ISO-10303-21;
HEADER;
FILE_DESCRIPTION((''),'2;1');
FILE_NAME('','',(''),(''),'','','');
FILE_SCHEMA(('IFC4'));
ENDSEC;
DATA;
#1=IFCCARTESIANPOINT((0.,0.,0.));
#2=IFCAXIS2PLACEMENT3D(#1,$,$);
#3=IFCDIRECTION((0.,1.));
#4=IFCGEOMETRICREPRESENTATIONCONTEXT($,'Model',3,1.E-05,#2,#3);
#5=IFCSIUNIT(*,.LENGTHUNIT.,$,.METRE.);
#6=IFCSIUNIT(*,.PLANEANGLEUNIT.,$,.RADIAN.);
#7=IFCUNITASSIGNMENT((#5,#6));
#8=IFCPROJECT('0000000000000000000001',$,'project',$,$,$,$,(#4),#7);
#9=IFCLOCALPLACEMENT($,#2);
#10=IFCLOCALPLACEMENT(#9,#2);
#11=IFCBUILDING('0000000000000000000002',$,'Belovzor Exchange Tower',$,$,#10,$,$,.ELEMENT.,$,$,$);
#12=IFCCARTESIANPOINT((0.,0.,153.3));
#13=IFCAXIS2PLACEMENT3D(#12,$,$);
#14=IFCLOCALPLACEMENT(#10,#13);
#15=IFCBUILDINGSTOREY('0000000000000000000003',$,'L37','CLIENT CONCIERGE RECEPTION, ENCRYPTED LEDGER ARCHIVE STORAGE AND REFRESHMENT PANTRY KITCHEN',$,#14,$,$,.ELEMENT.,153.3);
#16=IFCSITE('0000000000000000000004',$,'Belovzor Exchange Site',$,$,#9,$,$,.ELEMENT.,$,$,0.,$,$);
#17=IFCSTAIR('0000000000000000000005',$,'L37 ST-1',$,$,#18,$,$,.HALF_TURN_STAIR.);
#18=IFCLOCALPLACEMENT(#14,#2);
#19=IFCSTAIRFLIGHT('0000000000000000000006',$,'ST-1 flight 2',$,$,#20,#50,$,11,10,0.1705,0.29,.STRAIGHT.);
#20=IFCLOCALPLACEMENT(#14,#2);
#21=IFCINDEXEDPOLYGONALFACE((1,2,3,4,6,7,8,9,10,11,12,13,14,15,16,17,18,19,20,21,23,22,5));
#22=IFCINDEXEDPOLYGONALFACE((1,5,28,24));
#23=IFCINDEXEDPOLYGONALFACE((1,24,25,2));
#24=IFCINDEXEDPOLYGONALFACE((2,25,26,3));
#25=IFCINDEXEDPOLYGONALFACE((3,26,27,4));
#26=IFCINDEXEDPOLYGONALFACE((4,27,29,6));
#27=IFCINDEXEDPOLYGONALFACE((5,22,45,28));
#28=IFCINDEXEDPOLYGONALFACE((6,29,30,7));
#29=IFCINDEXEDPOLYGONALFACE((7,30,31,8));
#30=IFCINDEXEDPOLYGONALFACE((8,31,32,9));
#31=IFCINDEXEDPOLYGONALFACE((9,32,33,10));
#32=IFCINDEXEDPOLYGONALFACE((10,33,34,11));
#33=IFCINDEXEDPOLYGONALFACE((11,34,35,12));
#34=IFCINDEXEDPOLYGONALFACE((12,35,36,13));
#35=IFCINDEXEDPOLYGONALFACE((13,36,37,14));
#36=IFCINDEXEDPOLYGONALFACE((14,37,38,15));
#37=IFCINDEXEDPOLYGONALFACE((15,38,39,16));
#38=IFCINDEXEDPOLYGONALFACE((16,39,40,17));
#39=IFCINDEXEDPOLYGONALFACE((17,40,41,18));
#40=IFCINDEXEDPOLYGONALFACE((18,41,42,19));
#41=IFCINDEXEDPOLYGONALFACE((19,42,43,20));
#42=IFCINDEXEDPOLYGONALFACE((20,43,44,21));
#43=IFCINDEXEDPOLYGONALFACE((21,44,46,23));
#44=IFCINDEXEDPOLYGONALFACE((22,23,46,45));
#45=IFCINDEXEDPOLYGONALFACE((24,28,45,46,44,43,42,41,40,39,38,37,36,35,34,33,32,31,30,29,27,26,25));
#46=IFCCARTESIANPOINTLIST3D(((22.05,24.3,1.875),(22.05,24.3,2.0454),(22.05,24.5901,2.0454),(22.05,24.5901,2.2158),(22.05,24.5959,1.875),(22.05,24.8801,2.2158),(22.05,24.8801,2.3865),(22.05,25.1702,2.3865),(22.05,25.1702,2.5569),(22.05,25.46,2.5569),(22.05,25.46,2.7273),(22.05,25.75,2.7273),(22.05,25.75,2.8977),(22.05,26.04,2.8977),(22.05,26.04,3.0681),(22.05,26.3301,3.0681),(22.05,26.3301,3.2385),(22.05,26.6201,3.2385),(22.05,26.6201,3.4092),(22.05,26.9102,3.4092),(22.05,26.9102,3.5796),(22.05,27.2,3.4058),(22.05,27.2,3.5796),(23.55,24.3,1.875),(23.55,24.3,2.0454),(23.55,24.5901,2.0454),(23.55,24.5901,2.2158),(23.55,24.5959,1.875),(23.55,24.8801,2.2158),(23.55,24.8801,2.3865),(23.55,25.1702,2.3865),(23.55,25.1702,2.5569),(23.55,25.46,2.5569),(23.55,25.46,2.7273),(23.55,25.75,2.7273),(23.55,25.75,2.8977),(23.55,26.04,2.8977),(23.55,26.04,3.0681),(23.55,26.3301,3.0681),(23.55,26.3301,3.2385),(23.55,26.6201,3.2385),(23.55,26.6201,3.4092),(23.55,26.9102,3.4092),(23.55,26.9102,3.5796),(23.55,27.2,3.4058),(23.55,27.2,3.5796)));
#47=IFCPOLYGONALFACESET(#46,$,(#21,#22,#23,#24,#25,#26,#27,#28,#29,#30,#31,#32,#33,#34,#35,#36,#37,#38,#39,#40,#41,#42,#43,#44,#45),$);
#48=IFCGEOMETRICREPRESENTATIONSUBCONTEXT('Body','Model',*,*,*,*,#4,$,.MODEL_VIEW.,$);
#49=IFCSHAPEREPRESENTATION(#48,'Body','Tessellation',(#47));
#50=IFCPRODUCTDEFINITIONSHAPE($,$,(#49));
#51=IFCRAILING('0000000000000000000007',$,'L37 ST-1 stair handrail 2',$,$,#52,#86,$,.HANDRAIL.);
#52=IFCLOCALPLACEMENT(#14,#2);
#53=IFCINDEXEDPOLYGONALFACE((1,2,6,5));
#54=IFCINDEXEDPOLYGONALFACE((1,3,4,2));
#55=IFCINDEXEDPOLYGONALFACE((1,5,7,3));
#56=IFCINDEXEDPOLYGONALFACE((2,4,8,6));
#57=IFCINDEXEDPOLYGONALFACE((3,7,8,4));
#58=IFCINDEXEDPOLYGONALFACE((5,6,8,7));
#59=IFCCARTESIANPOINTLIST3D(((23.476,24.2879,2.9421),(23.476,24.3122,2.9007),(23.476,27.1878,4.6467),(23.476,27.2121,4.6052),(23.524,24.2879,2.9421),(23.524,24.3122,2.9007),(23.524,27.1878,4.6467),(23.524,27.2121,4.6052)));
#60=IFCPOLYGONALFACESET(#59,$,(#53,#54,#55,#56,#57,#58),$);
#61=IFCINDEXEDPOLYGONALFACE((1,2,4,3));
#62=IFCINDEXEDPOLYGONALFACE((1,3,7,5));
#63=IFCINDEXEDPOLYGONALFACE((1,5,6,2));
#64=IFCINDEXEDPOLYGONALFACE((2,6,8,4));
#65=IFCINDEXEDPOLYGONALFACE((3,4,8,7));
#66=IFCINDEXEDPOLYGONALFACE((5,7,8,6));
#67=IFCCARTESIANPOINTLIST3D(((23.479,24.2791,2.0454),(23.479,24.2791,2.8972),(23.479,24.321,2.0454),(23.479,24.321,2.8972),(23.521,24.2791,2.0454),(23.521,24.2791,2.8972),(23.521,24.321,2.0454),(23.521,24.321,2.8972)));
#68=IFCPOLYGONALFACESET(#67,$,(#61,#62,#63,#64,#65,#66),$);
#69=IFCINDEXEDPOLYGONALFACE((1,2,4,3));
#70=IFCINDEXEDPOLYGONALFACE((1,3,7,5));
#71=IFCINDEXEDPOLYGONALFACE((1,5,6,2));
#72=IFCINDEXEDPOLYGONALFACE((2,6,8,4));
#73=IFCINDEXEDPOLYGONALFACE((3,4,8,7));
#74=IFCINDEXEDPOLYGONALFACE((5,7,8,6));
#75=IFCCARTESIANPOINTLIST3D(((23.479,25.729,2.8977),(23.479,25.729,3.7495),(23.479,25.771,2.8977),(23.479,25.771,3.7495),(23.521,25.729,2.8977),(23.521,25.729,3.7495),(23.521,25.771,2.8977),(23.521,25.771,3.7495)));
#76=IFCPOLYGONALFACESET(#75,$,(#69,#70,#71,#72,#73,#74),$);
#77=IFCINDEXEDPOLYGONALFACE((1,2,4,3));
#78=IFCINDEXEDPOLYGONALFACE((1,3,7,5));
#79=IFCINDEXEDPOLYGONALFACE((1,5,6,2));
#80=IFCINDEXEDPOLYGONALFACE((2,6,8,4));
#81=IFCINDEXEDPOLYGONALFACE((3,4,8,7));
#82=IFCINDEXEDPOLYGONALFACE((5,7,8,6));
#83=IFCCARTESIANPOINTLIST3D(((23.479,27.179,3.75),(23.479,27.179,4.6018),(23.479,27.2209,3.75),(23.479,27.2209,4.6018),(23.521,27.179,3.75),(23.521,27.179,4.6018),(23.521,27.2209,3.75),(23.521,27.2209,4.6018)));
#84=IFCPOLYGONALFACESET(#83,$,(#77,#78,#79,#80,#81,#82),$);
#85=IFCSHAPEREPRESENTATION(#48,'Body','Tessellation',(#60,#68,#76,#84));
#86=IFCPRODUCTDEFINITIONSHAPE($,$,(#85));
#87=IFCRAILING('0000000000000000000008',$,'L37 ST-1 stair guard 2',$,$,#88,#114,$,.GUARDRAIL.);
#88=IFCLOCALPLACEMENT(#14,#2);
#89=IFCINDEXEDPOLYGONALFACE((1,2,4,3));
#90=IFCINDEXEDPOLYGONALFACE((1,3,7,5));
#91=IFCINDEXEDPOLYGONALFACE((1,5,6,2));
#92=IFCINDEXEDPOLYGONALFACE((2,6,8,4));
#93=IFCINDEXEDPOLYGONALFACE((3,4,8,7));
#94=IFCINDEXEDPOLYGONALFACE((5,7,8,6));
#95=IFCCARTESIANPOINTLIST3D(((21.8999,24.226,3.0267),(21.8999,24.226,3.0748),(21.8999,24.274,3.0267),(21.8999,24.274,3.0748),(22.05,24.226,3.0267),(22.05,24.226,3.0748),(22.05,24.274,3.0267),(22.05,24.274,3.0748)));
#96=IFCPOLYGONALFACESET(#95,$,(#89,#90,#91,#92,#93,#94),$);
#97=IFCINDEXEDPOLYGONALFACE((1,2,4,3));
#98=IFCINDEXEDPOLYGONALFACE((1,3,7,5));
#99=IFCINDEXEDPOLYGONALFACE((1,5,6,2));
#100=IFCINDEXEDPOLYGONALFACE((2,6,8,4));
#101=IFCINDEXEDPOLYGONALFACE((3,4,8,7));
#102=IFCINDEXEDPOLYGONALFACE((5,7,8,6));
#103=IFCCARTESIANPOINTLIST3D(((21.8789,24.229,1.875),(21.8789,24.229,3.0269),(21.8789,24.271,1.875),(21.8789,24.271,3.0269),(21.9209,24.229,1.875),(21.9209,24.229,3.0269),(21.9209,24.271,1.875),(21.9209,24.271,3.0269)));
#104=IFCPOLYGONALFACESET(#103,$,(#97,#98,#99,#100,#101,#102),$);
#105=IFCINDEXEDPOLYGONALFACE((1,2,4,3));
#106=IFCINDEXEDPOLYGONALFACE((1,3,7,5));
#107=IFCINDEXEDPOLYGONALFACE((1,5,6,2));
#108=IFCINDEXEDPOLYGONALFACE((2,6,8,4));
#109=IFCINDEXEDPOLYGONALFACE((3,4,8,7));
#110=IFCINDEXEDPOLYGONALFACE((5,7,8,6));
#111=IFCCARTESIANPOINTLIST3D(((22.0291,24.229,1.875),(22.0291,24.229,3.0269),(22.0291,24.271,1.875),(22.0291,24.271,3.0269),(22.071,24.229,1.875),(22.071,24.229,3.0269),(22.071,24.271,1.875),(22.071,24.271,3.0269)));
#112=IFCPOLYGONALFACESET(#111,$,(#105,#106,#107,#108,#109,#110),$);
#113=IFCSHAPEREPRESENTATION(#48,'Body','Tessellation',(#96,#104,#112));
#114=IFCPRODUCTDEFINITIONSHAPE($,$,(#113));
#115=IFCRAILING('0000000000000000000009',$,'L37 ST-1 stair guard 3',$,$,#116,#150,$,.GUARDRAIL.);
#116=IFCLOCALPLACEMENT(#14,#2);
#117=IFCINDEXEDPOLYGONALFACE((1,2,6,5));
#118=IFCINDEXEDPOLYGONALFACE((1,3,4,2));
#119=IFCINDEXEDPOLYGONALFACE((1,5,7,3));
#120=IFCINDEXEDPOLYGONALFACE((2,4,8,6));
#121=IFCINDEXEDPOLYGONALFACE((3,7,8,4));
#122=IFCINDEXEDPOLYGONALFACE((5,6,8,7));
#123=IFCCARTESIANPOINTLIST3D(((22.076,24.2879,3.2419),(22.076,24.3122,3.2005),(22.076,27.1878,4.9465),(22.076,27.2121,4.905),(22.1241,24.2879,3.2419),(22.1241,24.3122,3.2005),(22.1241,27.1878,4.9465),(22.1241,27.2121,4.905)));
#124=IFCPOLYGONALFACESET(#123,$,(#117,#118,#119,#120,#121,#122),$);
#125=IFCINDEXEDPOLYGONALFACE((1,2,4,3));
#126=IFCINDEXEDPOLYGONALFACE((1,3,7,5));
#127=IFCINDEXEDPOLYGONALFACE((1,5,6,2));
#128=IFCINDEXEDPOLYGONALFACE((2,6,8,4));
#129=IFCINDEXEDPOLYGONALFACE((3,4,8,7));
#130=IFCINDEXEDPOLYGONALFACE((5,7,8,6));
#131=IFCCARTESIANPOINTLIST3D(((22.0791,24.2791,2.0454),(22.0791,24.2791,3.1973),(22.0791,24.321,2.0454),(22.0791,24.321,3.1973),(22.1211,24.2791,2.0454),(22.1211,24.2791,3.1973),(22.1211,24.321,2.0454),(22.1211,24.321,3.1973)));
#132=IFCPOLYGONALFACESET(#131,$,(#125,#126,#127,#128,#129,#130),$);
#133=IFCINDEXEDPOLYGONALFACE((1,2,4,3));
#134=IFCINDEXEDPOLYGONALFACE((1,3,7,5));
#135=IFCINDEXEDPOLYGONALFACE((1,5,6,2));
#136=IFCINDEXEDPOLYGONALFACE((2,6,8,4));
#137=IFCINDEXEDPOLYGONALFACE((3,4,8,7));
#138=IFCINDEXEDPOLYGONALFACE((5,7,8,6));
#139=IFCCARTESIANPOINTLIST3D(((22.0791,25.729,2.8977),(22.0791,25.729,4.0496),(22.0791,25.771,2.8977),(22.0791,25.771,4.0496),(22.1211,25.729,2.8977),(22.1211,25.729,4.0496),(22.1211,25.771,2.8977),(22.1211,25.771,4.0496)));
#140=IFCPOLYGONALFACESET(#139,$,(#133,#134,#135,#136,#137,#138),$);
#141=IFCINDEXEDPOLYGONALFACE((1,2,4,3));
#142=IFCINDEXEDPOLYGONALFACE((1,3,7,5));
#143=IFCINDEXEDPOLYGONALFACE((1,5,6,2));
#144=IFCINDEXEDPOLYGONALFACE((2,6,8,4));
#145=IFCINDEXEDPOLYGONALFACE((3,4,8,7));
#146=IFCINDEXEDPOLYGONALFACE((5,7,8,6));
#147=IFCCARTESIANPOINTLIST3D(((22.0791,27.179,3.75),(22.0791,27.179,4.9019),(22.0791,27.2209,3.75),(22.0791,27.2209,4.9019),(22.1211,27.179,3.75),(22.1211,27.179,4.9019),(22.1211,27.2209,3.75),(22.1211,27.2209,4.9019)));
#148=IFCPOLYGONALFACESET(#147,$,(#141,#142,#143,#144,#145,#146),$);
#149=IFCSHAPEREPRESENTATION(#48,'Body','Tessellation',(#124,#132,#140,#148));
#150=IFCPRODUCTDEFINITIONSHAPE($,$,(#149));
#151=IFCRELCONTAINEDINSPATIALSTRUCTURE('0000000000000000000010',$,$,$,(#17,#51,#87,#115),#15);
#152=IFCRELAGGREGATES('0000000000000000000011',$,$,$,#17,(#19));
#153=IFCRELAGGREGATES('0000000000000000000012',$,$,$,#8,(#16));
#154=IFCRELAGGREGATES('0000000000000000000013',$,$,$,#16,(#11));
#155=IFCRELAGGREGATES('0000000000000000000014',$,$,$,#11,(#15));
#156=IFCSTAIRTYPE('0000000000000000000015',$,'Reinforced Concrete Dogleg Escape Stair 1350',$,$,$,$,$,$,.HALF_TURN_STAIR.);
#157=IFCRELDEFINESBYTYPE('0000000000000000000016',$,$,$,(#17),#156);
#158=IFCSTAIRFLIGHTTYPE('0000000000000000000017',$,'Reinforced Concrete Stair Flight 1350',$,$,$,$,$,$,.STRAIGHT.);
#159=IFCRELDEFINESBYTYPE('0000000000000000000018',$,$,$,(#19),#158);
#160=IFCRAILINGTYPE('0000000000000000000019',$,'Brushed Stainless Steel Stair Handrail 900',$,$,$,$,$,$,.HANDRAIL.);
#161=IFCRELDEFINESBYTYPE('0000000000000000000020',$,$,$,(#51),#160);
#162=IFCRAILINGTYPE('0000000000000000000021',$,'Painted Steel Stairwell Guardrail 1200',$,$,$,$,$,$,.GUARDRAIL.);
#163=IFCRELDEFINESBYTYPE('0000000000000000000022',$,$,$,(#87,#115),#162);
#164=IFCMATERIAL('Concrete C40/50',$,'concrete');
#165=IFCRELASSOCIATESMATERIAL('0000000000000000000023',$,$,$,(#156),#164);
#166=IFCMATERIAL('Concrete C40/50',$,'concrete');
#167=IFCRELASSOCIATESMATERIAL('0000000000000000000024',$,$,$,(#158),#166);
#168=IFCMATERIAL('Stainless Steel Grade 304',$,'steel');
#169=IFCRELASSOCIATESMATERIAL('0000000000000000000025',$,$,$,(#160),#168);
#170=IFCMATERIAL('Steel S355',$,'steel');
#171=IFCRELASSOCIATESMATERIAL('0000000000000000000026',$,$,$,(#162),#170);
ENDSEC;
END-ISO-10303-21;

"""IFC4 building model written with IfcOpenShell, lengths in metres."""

from ifc_helpers import new_model, si_unit, direction, frame, origin, origin_2d, place, context, subcontext, project, spatial, polyline, rectangle, outline, extrude, material, type_object, element, aggregate, save


model = new_model("IFC4")

# Units and contexts
model_context = context("Model", 3, precision=1e-05, world=origin(), true_north=direction((0.0, 1.0)))
body_context = subcontext(model_context, "Body", "Model", "MODEL_VIEW")
ifc_project = project(units=[si_unit("LENGTHUNIT", "METRE"), si_unit("PLANEANGLEUNIT", "RADIAN")], contexts=[model_context])

# Site, building, storey
site_placement = place(None, origin())
site = spatial("IfcSite", under=ifc_project, at=site_placement, Name="Belovzor Exchange Site", CompositionType="ELEMENT", RefElevation=0.0)
building_placement = place(site_placement, origin())
building = spatial("IfcBuilding", under=site, at=building_placement, Name="Belovzor Exchange Tower", CompositionType="ELEMENT")
storey_placement = place(building_placement, frame((0.0, 0.0, 153.3)))
storey = spatial("IfcBuildingStorey", under=building, at=storey_placement, Name="L37", Description="CLIENT CONCIERGE RECEPTION, ENCRYPTED LEDGER ARCHIVE STORAGE AND REFRESHMENT PANTRY KITCHEN", CompositionType="ELEMENT", Elevation=153.3)

# Stair, stair flight
ifc_material_1 = material(Name="Concrete C40/50", Category="concrete")
stair_type = type_object("IfcStairType", Name="Reinforced Concrete Dogleg Escape Stair 1350", PredefinedType="HALF_TURN_STAIR", material=ifc_material_1)
stair_placement = place(storey_placement, origin())
stair = element("IfcStair", 1, at=stair_placement, inside=storey, type_object=stair_type, Name="L37 ST-1", PredefinedType="HALF_TURN_STAIR")
ifc_material_2 = material(Name="Concrete C40/50", Category="concrete")
stair_flight_type = type_object("IfcStairFlightType", Name="Reinforced Concrete Stair Flight 1350", PredefinedType="STRAIGHT", material=ifc_material_2)
stair_flight_placement = place(storey_placement, frame((22.8, 24.3, 1.875), z_axis=(0.0, 0.0, 1.0), x_axis=(0.0, 1.0, 0.0)))
stair_flight = element("IfcStairFlight", 2, at=stair_flight_placement, type_object=stair_flight_type, Name="ST-1 flight 2", NumberOfRisers=11, NumberOfTreads=10, PredefinedType="STRAIGHT", RiserHeight=0.1705, TreadLength=0.29, context=body_context, shape_type="SweptSolid", body=[
    extrude(outline(polyline([(0.0, 0.0), (0.0, 0.1704), (0.29, 0.1704), (0.29, 0.3408), (0.5801, 0.3408), (0.5801, 0.5115), (0.8701, 0.5115), (0.8701, 0.6819), (1.1599, 0.6819), (1.1599, 0.8523), (1.45, 0.8523), (1.45, 1.0227), (1.74, 1.0227), (1.74, 1.1931), (2.03, 1.1931), (2.03, 1.3635), (2.3201, 1.3635), (2.3201, 1.5342), (2.6101, 1.5342), (2.6101, 1.7046), (2.8999, 1.7046), (2.8999, 1.875), (2.8999, 1.5308), (0.2959, 0.0), (0.0, 0.0)])), frame((0.0, 0.75, 0.0), z_axis=(0.0, -1.0, 0.0), x_axis=(1.0, 0.0, 0.0)), (0.0, 0.0, 1.0), 1.5),
])
aggregate(stair, [stair_flight])

# Railings
ifc_material_3 = material(Name="Stainless Steel Grade 304", Category="steel")
railing_type_1 = type_object("IfcRailingType", Name="Brushed Stainless Steel Stair Handrail 900", PredefinedType="HANDRAIL", material=ifc_material_3)
railing_1_placement = place(storey_placement, frame((23.5, 24.3, 2.0454)))
element("IfcRailing", 3, at=railing_1_placement, inside=storey, type_object=railing_type_1, Name="L37 ST-1 stair handrail 2", PredefinedType="HANDRAIL", context=body_context, shape_type="SweptSolid", body=[
    extrude(rectangle(XDim=0.0481, YDim=0.0481, at=origin_2d()), frame((0.0, 0.0, 0.876), z_axis=(0.0, 0.862095, 0.506747), x_axis=(-1.0, 0.0, 0.0)), (0.0, 0.0, 1.0), 3.3638),
    extrude(rectangle(XDim=0.042, YDim=0.042, at=origin_2d()), origin(), (0.0, 0.0, 1.0), 0.8518),
    extrude(rectangle(XDim=0.042, YDim=0.042, at=origin_2d()), frame((0.0, 1.45, 0.8523)), (0.0, 0.0, 1.0), 0.8518),
    extrude(rectangle(XDim=0.042, YDim=0.042, at=origin_2d()), frame((0.0, 2.8999, 1.7046)), (0.0, 0.0, 1.0), 0.8518),
])
ifc_material_4 = material(Name="Steel S355", Category="steel")
railing_type_2 = type_object("IfcRailingType", Name="Painted Steel Stairwell Guardrail 1200", PredefinedType="GUARDRAIL", material=ifc_material_4)
railing_2_placement = place(storey_placement, frame((21.8999, 24.25, 1.875)))
element("IfcRailing", 4, at=railing_2_placement, inside=storey, type_object=railing_type_2, Name="L37 ST-1 stair guard 2", PredefinedType="GUARDRAIL", context=body_context, shape_type="SweptSolid", body=[
    extrude(rectangle(XDim=0.0481, YDim=0.0481, at=origin_2d()), frame((0.0, 0.0, 1.1758), z_axis=(1.0, 0.0, 0.0), x_axis=(0.0, 1.0, 0.0)), (0.0, 0.0, 1.0), 0.1501),
    extrude(rectangle(XDim=0.042, YDim=0.042, at=origin_2d()), origin(), (0.0, 0.0, 1.0), 1.1519),
    extrude(rectangle(XDim=0.042, YDim=0.042, at=origin_2d()), frame((0.1501, 0.0, 0.0)), (0.0, 0.0, 1.0), 1.1519),
])
railing_3_placement = place(storey_placement, frame((22.1001, 24.3, 2.0454)))
element("IfcRailing", 5, at=railing_3_placement, inside=storey, type_object=railing_type_2, Name="L37 ST-1 stair guard 3", PredefinedType="GUARDRAIL", context=body_context, shape_type="SweptSolid", body=[
    extrude(rectangle(XDim=0.0481, YDim=0.0481, at=origin_2d()), frame((0.0, 0.0, 1.1758), z_axis=(0.0, 0.862095, 0.506747), x_axis=(-1.0, 0.0, 0.0)), (0.0, 0.0, 1.0), 3.3638),
    extrude(rectangle(XDim=0.042, YDim=0.042, at=origin_2d()), origin(), (0.0, 0.0, 1.0), 1.1519),
    extrude(rectangle(XDim=0.042, YDim=0.042, at=origin_2d()), frame((0.0, 1.45, 0.8523)), (0.0, 0.0, 1.0), 1.1519),
    extrude(rectangle(XDim=0.042, YDim=0.042, at=origin_2d()), frame((0.0, 2.8999, 1.7046)), (0.0, 0.0, 1.0), 1.1519),
])

save(model, "model.ifc")
